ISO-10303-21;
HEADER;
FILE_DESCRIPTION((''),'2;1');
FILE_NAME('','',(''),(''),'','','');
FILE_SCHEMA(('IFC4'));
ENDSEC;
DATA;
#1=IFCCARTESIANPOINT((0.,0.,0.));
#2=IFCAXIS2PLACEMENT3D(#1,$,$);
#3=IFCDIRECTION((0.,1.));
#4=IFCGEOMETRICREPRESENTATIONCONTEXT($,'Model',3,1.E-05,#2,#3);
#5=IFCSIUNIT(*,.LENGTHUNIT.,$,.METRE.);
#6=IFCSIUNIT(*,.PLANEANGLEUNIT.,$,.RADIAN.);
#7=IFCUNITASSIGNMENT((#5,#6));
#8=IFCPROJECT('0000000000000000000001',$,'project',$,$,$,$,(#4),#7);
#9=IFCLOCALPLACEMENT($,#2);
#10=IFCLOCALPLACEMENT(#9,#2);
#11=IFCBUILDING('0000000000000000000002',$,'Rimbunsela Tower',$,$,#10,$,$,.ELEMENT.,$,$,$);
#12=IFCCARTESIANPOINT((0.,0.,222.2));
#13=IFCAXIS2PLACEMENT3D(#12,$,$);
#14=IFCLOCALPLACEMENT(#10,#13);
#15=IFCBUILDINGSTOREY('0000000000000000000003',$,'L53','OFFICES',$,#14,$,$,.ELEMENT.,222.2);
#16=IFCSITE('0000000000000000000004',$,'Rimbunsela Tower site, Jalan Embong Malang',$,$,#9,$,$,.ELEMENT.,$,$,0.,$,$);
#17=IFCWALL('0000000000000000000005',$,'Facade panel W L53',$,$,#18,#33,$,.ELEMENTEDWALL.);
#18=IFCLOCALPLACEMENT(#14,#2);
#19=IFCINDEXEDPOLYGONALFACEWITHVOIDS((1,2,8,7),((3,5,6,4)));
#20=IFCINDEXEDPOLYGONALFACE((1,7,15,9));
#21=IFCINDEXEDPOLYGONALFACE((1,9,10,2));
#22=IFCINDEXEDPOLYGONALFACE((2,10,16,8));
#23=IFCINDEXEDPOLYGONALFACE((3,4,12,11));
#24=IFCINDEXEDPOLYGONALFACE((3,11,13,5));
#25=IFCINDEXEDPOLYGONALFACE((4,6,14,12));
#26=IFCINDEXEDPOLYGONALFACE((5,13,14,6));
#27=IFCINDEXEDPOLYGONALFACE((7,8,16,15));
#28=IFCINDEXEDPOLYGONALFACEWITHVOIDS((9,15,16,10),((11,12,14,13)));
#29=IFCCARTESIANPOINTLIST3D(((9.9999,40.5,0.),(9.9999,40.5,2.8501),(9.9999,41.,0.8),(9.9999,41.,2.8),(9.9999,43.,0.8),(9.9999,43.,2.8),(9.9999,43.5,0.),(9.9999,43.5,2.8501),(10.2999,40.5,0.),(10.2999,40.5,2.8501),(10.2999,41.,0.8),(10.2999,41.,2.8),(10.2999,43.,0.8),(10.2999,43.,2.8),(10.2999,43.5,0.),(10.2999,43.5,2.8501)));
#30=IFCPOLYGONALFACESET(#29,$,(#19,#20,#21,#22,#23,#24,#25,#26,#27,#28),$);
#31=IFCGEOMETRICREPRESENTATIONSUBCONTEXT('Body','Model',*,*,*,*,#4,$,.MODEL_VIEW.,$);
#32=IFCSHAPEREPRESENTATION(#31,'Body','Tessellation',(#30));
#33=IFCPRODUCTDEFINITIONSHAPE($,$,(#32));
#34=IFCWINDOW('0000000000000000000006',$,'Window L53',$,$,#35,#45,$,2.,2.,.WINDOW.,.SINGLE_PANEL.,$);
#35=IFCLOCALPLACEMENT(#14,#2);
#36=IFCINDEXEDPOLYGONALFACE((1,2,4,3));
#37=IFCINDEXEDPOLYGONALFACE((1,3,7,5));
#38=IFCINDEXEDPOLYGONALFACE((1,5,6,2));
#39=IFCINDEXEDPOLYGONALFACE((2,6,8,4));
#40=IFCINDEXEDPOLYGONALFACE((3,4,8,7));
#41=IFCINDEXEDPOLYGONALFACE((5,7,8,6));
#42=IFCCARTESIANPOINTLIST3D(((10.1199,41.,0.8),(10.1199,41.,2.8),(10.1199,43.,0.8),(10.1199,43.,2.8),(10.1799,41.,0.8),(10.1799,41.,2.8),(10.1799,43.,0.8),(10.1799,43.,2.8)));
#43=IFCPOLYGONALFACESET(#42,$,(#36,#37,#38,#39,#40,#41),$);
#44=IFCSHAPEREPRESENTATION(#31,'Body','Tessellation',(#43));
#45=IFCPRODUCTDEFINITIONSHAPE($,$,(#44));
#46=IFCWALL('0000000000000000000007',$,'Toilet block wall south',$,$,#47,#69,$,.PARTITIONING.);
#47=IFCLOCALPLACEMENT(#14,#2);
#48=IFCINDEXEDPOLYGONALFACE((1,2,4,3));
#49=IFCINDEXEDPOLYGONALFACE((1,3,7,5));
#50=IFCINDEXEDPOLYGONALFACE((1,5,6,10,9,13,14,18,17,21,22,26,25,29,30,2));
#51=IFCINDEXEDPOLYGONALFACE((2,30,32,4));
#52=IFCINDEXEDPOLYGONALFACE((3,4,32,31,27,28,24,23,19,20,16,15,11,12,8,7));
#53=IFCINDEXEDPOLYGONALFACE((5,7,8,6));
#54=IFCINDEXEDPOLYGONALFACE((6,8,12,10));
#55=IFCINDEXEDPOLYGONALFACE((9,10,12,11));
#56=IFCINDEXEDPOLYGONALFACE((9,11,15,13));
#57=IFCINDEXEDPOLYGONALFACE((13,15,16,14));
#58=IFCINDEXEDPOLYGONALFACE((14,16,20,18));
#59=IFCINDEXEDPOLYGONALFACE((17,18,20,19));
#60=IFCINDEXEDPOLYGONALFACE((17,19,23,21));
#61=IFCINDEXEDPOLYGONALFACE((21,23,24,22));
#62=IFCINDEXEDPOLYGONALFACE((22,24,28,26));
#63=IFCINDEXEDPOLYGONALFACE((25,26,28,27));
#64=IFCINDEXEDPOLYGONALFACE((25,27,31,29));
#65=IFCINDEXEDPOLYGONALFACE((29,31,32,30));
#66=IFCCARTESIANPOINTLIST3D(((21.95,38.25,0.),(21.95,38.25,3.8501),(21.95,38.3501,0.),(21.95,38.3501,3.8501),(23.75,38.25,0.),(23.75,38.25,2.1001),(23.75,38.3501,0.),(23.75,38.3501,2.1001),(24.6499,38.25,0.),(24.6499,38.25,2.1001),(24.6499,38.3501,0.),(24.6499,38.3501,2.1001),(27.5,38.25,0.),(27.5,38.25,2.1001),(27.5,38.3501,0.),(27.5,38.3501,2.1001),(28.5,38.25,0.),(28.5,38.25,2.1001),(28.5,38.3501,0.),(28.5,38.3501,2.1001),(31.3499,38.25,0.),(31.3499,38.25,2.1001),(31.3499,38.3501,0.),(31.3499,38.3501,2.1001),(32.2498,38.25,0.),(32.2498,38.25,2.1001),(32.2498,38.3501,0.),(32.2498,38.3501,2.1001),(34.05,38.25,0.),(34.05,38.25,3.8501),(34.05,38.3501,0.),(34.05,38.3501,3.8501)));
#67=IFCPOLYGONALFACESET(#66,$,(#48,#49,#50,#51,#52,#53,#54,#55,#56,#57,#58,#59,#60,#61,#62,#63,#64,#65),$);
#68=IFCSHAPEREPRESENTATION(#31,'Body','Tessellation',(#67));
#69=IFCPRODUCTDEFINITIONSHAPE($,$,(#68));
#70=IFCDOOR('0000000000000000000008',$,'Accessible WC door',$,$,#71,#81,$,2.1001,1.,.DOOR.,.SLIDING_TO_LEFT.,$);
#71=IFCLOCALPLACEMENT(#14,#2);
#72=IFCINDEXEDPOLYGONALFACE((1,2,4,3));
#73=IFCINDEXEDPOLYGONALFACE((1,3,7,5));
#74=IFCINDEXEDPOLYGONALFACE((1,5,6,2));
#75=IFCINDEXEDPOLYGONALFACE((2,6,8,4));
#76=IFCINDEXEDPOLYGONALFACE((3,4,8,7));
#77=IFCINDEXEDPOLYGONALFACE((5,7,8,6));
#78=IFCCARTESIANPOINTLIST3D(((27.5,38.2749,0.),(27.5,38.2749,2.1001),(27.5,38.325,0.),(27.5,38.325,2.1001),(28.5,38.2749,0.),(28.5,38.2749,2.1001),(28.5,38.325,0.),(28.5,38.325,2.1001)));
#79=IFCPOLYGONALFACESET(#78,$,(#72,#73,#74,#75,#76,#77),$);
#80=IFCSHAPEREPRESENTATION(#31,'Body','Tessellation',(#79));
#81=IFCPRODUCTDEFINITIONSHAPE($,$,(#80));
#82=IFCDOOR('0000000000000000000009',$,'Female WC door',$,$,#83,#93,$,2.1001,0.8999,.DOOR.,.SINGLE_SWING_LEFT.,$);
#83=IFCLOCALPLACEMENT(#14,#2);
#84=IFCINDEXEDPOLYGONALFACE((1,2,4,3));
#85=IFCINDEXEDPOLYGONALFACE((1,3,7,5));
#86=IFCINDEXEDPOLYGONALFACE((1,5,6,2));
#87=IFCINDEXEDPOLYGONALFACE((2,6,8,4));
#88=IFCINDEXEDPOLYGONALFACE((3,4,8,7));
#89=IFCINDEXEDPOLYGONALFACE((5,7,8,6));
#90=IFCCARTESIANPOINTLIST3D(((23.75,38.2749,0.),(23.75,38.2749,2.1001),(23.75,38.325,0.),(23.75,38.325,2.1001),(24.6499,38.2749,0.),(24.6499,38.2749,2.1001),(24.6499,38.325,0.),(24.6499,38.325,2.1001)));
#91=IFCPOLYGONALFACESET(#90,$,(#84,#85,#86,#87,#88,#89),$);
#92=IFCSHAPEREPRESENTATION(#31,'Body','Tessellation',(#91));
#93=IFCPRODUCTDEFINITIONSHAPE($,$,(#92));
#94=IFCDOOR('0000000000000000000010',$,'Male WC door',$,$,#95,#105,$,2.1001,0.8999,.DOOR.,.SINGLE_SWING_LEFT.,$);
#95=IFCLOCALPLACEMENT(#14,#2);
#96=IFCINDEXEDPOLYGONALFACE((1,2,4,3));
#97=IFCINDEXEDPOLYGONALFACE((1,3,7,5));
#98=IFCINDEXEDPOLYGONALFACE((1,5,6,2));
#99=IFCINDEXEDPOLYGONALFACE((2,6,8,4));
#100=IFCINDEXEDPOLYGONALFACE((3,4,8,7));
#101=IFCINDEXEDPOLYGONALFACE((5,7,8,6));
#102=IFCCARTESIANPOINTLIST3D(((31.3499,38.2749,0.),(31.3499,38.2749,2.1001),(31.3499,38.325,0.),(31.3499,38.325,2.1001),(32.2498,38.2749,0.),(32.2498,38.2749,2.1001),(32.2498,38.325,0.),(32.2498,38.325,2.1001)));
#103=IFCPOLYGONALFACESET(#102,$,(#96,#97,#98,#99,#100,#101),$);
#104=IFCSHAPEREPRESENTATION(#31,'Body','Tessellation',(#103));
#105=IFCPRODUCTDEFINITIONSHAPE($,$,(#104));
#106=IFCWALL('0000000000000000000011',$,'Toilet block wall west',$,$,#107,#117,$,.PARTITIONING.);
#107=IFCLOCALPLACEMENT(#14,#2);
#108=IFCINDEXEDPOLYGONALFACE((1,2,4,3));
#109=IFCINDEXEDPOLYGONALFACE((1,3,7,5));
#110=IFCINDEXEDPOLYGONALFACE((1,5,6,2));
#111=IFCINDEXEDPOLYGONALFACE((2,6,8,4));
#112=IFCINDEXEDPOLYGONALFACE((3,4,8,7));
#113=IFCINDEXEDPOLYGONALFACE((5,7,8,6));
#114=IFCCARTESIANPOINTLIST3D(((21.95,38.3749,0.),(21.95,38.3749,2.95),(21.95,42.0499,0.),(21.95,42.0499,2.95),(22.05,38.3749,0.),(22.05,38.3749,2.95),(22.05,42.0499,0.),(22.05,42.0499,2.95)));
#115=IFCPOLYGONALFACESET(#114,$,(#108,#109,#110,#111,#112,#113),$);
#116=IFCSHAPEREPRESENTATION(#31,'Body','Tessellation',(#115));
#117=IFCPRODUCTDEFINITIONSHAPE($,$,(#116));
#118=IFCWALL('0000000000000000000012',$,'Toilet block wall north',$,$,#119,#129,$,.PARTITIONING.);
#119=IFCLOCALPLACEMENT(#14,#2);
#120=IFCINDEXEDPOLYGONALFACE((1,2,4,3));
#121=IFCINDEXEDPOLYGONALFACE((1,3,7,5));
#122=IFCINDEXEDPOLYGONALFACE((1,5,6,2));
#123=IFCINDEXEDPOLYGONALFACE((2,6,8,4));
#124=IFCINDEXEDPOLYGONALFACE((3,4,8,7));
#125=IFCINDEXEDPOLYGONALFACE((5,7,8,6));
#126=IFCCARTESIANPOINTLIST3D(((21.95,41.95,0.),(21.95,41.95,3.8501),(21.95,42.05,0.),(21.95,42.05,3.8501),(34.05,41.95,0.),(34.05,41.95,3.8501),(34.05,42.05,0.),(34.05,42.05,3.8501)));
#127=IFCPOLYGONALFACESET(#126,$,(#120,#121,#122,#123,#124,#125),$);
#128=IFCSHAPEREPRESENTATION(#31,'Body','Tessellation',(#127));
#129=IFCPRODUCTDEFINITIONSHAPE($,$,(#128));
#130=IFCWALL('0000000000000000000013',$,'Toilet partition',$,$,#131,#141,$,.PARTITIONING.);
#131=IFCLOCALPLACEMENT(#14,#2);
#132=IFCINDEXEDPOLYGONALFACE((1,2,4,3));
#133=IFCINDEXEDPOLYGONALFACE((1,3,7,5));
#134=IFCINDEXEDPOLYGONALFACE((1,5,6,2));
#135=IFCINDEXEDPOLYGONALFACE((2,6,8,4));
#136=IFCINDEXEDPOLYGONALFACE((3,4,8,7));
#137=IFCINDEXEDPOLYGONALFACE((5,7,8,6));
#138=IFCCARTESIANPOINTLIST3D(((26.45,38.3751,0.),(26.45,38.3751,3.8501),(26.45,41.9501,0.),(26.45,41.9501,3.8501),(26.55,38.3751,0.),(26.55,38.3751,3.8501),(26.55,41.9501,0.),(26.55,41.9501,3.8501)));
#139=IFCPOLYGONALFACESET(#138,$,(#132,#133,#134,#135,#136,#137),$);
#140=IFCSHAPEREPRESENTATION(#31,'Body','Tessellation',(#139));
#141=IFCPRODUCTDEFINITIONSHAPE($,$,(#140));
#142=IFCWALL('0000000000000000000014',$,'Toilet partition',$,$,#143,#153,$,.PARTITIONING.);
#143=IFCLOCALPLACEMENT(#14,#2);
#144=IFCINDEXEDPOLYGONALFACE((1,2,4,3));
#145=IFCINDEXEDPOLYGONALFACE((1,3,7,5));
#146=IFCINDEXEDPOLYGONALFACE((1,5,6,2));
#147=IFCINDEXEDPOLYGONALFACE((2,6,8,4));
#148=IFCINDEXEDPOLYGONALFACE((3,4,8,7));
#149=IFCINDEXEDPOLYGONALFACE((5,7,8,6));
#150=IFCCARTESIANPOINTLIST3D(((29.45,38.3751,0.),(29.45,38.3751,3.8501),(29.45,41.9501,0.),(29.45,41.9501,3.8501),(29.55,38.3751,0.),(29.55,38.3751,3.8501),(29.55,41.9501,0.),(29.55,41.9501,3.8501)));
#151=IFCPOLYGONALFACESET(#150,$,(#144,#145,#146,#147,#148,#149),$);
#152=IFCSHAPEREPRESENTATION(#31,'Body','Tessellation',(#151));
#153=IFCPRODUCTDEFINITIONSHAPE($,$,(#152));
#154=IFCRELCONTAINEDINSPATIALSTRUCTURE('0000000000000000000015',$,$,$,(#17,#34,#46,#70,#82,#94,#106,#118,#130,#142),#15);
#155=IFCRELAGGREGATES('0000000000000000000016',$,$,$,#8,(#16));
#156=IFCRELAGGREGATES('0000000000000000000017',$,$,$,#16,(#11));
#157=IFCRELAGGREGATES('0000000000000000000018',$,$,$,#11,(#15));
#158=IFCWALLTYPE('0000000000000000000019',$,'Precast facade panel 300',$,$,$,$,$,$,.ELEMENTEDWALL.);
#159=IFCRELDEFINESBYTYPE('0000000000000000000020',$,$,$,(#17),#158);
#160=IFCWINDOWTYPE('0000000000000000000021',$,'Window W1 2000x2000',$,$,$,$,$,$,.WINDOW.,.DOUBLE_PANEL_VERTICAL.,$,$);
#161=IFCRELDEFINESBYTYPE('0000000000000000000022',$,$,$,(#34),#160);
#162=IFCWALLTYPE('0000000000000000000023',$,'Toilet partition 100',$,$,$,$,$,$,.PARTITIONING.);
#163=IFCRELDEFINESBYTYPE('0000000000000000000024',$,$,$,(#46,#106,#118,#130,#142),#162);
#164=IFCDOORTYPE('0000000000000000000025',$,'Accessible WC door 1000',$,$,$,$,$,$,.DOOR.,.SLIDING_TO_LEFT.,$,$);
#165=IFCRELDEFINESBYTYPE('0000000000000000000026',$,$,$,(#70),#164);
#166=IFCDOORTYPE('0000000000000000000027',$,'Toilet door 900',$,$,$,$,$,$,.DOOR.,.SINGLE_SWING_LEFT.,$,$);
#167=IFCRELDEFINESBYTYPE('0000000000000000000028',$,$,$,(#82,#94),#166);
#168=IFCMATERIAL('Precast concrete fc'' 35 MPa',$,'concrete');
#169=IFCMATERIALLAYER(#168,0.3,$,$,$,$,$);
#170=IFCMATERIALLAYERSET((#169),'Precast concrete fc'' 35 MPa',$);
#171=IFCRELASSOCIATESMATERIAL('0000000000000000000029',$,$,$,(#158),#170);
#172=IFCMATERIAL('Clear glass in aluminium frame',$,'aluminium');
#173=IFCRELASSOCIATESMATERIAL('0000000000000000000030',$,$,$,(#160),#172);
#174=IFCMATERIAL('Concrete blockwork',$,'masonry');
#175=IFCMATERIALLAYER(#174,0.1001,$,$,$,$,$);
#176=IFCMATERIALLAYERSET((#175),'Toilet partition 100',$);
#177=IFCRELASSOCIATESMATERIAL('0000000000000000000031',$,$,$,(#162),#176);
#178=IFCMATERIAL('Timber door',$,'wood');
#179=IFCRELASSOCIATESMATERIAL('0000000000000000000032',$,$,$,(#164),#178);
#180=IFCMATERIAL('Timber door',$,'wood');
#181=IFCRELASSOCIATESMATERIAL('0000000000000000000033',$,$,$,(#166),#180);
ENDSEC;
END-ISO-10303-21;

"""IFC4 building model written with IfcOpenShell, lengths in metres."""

from ifc_helpers import new_model, si_unit, direction, frame, frame_2d, origin, place, context, subcontext, project, spatial, rectangle, extrude, material, layer, layer_set, type_object, element, fill, save


model = new_model("IFC4")

# Units and contexts
model_context = context("Model", 3, precision=1e-05, world=origin(), true_north=direction((0.0, 1.0)))
body_context = subcontext(model_context, "Body", "Model", "MODEL_VIEW")
ifc_project = project(units=[si_unit("LENGTHUNIT", "METRE"), si_unit("PLANEANGLEUNIT", "RADIAN")], contexts=[model_context])

# Site, building, storey
site_placement = place(None, origin())
site = spatial("IfcSite", under=ifc_project, at=site_placement, Name="Rimbunsela Tower site, Jalan Embong Malang", CompositionType="ELEMENT", RefElevation=0.0)
building_placement = place(site_placement, origin())
building = spatial("IfcBuilding", under=site, at=building_placement, Name="Rimbunsela Tower", CompositionType="ELEMENT")
storey_placement = place(building_placement, frame((0.0, 0.0, 222.2)))
storey = spatial("IfcBuildingStorey", under=building, at=storey_placement, Name="L53", Description="OFFICES", CompositionType="ELEMENT", Elevation=222.2)

# Wall, opening, window
ifc_material_1 = material(Name="Precast concrete fc' 35 MPa", Category="concrete")
ifc_layer_1 = layer(ifc_material_1, 0.3)
ifc_layer_set_1 = layer_set([ifc_layer_1], Name="Precast concrete fc' 35 MPa")
wall_type_1 = type_object("IfcWallType", Name="Precast facade panel 300", PredefinedType="ELEMENTEDWALL", material=ifc_layer_set_1)
wall_1_placement = place(storey_placement, frame((10.1499, 43.5, 0.0), z_axis=(0.0, 0.0, 1.0), x_axis=(0.0, -1.0, 0.0)))
wall_1 = element("IfcWall", 1, at=wall_1_placement, inside=storey, type_object=wall_type_1, Name="Facade panel W L53", PredefinedType="ELEMENTEDWALL", context=body_context, shape_type="SweptSolid", body=[
    extrude(rectangle(XDim=3.0, YDim=0.3, at=frame_2d((1.5, 0.0))), origin(), (0.0, 0.0, 1.0), 2.8501),
])
opening_1_placement = place(wall_1_placement, frame((0.5, 0.0, 0.8)))
opening_1 = element("IfcOpeningElement", 2, at=opening_1_placement, cuts=wall_1, PredefinedType="OPENING", context=body_context, shape_type="SweptSolid", body=[
    extrude(rectangle(XDim=2.0, YDim=2.0, at=frame_2d((1.0, 1.0))), frame((0.0, 0.1599, 0.0), z_axis=(0.0, -1.0, 0.0), x_axis=(1.0, 0.0, 0.0)), (0.0, 0.0, 1.0), 0.3201),
])
ifc_material_2 = material(Name="Clear glass in aluminium frame", Category="aluminium")
window_type = type_object("IfcWindowType", Name="Window W1 2000x2000", PartitioningType="DOUBLE_PANEL_VERTICAL", PredefinedType="WINDOW", material=ifc_material_2)
window_placement = place(opening_1_placement, origin())
window = element("IfcWindow", 3, at=window_placement, inside=storey, type_object=window_type, Name="Window L53", OverallHeight=2.0, OverallWidth=2.0, PartitioningType="SINGLE_PANEL", PredefinedType="WINDOW", context=body_context, shape_type="SweptSolid", body=[
    extrude(rectangle(XDim=2.0, YDim=2.0, at=frame_2d((1.0, 1.0))), frame((0.0, 0.03, 0.0), z_axis=(0.0, -1.0, 0.0), x_axis=(1.0, 0.0, 0.0)), (0.0, 0.0, 1.0), 0.0601),
])
fill(opening_1, window)

# Wall, openings, doors
ifc_material_3 = material(Name="Concrete blockwork", Category="masonry")
ifc_layer_2 = layer(ifc_material_3, 0.1001)
ifc_layer_set_2 = layer_set([ifc_layer_2], Name="Toilet partition 100")
wall_type_2 = type_object("IfcWallType", Name="Toilet partition 100", PredefinedType="PARTITIONING", material=ifc_layer_set_2)
wall_2_placement = place(storey_placement, frame((21.95, 38.3, 0.0), z_axis=(0.0, 0.0, 1.0), x_axis=(1.0, 0.0, 0.0)))
wall_2 = element("IfcWall", 4, at=wall_2_placement, inside=storey, type_object=wall_type_2, Name="Toilet block wall south", PredefinedType="PARTITIONING", context=body_context, shape_type="SweptSolid", body=[
    extrude(rectangle(XDim=12.1001, YDim=0.1001, at=frame_2d((6.05, 0.0))), origin(), (0.0, 0.0, 1.0), 3.8501),
])
opening_2_placement = place(wall_2_placement, frame((1.8, 0.0, 0.0)))
opening_2 = element("IfcOpeningElement", 5, at=opening_2_placement, cuts=wall_2, PredefinedType="OPENING", context=body_context, shape_type="SweptSolid", body=[
    extrude(rectangle(XDim=0.8999, YDim=2.1001, at=frame_2d((0.45, 1.05))), frame((0.0, 0.0601, 0.0), z_axis=(0.0, -1.0, 0.0), x_axis=(1.0, 0.0, 0.0)), (0.0, 0.0, 1.0), 0.1201),
])
opening_3_placement = place(wall_2_placement, frame((5.55, 0.0, 0.0)))
opening_3 = element("IfcOpeningElement", 6, at=opening_3_placement, cuts=wall_2, PredefinedType="OPENING", context=body_context, shape_type="SweptSolid", body=[
    extrude(rectangle(XDim=1.0, YDim=2.1001, at=frame_2d((0.5, 1.05))), frame((0.0, 0.0601, 0.0), z_axis=(0.0, -1.0, 0.0), x_axis=(1.0, 0.0, 0.0)), (0.0, 0.0, 1.0), 0.1201),
])
opening_4_placement = place(wall_2_placement, frame((9.3999, 0.0, 0.0)))
opening_4 = element("IfcOpeningElement", 7, at=opening_4_placement, cuts=wall_2, PredefinedType="OPENING", context=body_context, shape_type="SweptSolid", body=[
    extrude(rectangle(XDim=0.8999, YDim=2.1001, at=frame_2d((0.45, 1.05))), frame((0.0, 0.0601, 0.0), z_axis=(0.0, -1.0, 0.0), x_axis=(1.0, 0.0, 0.0)), (0.0, 0.0, 1.0), 0.1201),
])
ifc_material_4 = material(Name="Timber door", Category="wood")
door_type_1 = type_object("IfcDoorType", Name="Accessible WC door 1000", OperationType="SLIDING_TO_LEFT", PredefinedType="DOOR", material=ifc_material_4)
door_1_placement = place(opening_3_placement, origin())
door_1 = element("IfcDoor", 8, at=door_1_placement, inside=storey, type_object=door_type_1, Name="Accessible WC door", OperationType="SLIDING_TO_LEFT", OverallHeight=2.1001, OverallWidth=1.0, PredefinedType="DOOR", context=body_context, shape_type="SweptSolid", body=[
    extrude(rectangle(XDim=1.0, YDim=2.1001, at=frame_2d((0.5, 1.05))), frame((0.0, 0.0249, 0.0), z_axis=(0.0, -1.0, 0.0), x_axis=(1.0, 0.0, 0.0)), (0.0, 0.0, 1.0), 0.05),
])
fill(opening_3, door_1)
ifc_material_5 = material(Name="Timber door", Category="wood")
door_type_2 = type_object("IfcDoorType", Name="Toilet door 900", OperationType="SINGLE_SWING_LEFT", PredefinedType="DOOR", material=ifc_material_5)
door_2_placement = place(opening_2_placement, origin())
door_2 = element("IfcDoor", 9, at=door_2_placement, inside=storey, type_object=door_type_2, Name="Female WC door", OperationType="SINGLE_SWING_LEFT", OverallHeight=2.1001, OverallWidth=0.8999, PredefinedType="DOOR", context=body_context, shape_type="SweptSolid", body=[
    extrude(rectangle(XDim=0.8999, YDim=2.1001, at=frame_2d((0.45, 1.05))), frame((0.0, 0.0249, 0.0), z_axis=(0.0, -1.0, 0.0), x_axis=(1.0, 0.0, 0.0)), (0.0, 0.0, 1.0), 0.05),
])
fill(opening_2, door_2)
door_3_placement = place(opening_4_placement, origin())
door_3 = element("IfcDoor", 10, at=door_3_placement, inside=storey, type_object=door_type_2, Name="Male WC door", OperationType="SINGLE_SWING_LEFT", OverallHeight=2.1001, OverallWidth=0.8999, PredefinedType="DOOR", context=body_context, shape_type="SweptSolid", body=[
    extrude(rectangle(XDim=0.8999, YDim=2.1001, at=frame_2d((0.45, 1.05))), frame((0.0, 0.0249, 0.0), z_axis=(0.0, -1.0, 0.0), x_axis=(1.0, 0.0, 0.0)), (0.0, 0.0, 1.0), 0.05),
])
fill(opening_4, door_3)

# Walls
wall_3_placement = place(storey_placement, frame((22.0, 38.375, 0.0), z_axis=(0.0, 0.0, 1.0), x_axis=(0.0, 1.0, 0.0)))
element("IfcWall", 11, at=wall_3_placement, inside=storey, type_object=wall_type_2, Name="Toilet block wall west", PredefinedType="PARTITIONING", context=body_context, shape_type="SweptSolid", body=[
    extrude(rectangle(XDim=3.675, YDim=0.1001, at=frame_2d((1.8374, 0.0))), origin(), (0.0, 0.0, 1.0), 2.95),
])
wall_4_placement = place(storey_placement, frame((21.95, 42.0, 0.0), z_axis=(0.0, 0.0, 1.0), x_axis=(1.0, 0.0, 0.0)))
element("IfcWall", 12, at=wall_4_placement, inside=storey, type_object=wall_type_2, Name="Toilet block wall north", PredefinedType="PARTITIONING", context=body_context, shape_type="SweptSolid", body=[
    extrude(rectangle(XDim=12.1001, YDim=0.1001, at=frame_2d((6.05, 0.0))), origin(), (0.0, 0.0, 1.0), 3.8501),
])
for number, where, z_axis, x_axis, name in (
    (13, (26.5, 38.375, 0.0), (0.0, 0.0, 1.0), (0.0, 1.0, 0.0), "Toilet partition"),
    (14, (29.5, 38.375, 0.0), (0.0, 0.0, 1.0), (0.0, 1.0, 0.0), "Toilet partition"),
):
    element("IfcWall", number, at=place(storey_placement, frame(where, z_axis=z_axis, x_axis=x_axis)), inside=storey, type_object=wall_type_2, Name=name, PredefinedType="PARTITIONING", context=body_context, shape_type="SweptSolid", body=[
        extrude(rectangle(XDim=3.575, YDim=0.1001, at=frame_2d((1.7876, 0.0))), origin(), (0.0, 0.0, 1.0), 3.8501),
    ])

save(model, "model.ifc")
